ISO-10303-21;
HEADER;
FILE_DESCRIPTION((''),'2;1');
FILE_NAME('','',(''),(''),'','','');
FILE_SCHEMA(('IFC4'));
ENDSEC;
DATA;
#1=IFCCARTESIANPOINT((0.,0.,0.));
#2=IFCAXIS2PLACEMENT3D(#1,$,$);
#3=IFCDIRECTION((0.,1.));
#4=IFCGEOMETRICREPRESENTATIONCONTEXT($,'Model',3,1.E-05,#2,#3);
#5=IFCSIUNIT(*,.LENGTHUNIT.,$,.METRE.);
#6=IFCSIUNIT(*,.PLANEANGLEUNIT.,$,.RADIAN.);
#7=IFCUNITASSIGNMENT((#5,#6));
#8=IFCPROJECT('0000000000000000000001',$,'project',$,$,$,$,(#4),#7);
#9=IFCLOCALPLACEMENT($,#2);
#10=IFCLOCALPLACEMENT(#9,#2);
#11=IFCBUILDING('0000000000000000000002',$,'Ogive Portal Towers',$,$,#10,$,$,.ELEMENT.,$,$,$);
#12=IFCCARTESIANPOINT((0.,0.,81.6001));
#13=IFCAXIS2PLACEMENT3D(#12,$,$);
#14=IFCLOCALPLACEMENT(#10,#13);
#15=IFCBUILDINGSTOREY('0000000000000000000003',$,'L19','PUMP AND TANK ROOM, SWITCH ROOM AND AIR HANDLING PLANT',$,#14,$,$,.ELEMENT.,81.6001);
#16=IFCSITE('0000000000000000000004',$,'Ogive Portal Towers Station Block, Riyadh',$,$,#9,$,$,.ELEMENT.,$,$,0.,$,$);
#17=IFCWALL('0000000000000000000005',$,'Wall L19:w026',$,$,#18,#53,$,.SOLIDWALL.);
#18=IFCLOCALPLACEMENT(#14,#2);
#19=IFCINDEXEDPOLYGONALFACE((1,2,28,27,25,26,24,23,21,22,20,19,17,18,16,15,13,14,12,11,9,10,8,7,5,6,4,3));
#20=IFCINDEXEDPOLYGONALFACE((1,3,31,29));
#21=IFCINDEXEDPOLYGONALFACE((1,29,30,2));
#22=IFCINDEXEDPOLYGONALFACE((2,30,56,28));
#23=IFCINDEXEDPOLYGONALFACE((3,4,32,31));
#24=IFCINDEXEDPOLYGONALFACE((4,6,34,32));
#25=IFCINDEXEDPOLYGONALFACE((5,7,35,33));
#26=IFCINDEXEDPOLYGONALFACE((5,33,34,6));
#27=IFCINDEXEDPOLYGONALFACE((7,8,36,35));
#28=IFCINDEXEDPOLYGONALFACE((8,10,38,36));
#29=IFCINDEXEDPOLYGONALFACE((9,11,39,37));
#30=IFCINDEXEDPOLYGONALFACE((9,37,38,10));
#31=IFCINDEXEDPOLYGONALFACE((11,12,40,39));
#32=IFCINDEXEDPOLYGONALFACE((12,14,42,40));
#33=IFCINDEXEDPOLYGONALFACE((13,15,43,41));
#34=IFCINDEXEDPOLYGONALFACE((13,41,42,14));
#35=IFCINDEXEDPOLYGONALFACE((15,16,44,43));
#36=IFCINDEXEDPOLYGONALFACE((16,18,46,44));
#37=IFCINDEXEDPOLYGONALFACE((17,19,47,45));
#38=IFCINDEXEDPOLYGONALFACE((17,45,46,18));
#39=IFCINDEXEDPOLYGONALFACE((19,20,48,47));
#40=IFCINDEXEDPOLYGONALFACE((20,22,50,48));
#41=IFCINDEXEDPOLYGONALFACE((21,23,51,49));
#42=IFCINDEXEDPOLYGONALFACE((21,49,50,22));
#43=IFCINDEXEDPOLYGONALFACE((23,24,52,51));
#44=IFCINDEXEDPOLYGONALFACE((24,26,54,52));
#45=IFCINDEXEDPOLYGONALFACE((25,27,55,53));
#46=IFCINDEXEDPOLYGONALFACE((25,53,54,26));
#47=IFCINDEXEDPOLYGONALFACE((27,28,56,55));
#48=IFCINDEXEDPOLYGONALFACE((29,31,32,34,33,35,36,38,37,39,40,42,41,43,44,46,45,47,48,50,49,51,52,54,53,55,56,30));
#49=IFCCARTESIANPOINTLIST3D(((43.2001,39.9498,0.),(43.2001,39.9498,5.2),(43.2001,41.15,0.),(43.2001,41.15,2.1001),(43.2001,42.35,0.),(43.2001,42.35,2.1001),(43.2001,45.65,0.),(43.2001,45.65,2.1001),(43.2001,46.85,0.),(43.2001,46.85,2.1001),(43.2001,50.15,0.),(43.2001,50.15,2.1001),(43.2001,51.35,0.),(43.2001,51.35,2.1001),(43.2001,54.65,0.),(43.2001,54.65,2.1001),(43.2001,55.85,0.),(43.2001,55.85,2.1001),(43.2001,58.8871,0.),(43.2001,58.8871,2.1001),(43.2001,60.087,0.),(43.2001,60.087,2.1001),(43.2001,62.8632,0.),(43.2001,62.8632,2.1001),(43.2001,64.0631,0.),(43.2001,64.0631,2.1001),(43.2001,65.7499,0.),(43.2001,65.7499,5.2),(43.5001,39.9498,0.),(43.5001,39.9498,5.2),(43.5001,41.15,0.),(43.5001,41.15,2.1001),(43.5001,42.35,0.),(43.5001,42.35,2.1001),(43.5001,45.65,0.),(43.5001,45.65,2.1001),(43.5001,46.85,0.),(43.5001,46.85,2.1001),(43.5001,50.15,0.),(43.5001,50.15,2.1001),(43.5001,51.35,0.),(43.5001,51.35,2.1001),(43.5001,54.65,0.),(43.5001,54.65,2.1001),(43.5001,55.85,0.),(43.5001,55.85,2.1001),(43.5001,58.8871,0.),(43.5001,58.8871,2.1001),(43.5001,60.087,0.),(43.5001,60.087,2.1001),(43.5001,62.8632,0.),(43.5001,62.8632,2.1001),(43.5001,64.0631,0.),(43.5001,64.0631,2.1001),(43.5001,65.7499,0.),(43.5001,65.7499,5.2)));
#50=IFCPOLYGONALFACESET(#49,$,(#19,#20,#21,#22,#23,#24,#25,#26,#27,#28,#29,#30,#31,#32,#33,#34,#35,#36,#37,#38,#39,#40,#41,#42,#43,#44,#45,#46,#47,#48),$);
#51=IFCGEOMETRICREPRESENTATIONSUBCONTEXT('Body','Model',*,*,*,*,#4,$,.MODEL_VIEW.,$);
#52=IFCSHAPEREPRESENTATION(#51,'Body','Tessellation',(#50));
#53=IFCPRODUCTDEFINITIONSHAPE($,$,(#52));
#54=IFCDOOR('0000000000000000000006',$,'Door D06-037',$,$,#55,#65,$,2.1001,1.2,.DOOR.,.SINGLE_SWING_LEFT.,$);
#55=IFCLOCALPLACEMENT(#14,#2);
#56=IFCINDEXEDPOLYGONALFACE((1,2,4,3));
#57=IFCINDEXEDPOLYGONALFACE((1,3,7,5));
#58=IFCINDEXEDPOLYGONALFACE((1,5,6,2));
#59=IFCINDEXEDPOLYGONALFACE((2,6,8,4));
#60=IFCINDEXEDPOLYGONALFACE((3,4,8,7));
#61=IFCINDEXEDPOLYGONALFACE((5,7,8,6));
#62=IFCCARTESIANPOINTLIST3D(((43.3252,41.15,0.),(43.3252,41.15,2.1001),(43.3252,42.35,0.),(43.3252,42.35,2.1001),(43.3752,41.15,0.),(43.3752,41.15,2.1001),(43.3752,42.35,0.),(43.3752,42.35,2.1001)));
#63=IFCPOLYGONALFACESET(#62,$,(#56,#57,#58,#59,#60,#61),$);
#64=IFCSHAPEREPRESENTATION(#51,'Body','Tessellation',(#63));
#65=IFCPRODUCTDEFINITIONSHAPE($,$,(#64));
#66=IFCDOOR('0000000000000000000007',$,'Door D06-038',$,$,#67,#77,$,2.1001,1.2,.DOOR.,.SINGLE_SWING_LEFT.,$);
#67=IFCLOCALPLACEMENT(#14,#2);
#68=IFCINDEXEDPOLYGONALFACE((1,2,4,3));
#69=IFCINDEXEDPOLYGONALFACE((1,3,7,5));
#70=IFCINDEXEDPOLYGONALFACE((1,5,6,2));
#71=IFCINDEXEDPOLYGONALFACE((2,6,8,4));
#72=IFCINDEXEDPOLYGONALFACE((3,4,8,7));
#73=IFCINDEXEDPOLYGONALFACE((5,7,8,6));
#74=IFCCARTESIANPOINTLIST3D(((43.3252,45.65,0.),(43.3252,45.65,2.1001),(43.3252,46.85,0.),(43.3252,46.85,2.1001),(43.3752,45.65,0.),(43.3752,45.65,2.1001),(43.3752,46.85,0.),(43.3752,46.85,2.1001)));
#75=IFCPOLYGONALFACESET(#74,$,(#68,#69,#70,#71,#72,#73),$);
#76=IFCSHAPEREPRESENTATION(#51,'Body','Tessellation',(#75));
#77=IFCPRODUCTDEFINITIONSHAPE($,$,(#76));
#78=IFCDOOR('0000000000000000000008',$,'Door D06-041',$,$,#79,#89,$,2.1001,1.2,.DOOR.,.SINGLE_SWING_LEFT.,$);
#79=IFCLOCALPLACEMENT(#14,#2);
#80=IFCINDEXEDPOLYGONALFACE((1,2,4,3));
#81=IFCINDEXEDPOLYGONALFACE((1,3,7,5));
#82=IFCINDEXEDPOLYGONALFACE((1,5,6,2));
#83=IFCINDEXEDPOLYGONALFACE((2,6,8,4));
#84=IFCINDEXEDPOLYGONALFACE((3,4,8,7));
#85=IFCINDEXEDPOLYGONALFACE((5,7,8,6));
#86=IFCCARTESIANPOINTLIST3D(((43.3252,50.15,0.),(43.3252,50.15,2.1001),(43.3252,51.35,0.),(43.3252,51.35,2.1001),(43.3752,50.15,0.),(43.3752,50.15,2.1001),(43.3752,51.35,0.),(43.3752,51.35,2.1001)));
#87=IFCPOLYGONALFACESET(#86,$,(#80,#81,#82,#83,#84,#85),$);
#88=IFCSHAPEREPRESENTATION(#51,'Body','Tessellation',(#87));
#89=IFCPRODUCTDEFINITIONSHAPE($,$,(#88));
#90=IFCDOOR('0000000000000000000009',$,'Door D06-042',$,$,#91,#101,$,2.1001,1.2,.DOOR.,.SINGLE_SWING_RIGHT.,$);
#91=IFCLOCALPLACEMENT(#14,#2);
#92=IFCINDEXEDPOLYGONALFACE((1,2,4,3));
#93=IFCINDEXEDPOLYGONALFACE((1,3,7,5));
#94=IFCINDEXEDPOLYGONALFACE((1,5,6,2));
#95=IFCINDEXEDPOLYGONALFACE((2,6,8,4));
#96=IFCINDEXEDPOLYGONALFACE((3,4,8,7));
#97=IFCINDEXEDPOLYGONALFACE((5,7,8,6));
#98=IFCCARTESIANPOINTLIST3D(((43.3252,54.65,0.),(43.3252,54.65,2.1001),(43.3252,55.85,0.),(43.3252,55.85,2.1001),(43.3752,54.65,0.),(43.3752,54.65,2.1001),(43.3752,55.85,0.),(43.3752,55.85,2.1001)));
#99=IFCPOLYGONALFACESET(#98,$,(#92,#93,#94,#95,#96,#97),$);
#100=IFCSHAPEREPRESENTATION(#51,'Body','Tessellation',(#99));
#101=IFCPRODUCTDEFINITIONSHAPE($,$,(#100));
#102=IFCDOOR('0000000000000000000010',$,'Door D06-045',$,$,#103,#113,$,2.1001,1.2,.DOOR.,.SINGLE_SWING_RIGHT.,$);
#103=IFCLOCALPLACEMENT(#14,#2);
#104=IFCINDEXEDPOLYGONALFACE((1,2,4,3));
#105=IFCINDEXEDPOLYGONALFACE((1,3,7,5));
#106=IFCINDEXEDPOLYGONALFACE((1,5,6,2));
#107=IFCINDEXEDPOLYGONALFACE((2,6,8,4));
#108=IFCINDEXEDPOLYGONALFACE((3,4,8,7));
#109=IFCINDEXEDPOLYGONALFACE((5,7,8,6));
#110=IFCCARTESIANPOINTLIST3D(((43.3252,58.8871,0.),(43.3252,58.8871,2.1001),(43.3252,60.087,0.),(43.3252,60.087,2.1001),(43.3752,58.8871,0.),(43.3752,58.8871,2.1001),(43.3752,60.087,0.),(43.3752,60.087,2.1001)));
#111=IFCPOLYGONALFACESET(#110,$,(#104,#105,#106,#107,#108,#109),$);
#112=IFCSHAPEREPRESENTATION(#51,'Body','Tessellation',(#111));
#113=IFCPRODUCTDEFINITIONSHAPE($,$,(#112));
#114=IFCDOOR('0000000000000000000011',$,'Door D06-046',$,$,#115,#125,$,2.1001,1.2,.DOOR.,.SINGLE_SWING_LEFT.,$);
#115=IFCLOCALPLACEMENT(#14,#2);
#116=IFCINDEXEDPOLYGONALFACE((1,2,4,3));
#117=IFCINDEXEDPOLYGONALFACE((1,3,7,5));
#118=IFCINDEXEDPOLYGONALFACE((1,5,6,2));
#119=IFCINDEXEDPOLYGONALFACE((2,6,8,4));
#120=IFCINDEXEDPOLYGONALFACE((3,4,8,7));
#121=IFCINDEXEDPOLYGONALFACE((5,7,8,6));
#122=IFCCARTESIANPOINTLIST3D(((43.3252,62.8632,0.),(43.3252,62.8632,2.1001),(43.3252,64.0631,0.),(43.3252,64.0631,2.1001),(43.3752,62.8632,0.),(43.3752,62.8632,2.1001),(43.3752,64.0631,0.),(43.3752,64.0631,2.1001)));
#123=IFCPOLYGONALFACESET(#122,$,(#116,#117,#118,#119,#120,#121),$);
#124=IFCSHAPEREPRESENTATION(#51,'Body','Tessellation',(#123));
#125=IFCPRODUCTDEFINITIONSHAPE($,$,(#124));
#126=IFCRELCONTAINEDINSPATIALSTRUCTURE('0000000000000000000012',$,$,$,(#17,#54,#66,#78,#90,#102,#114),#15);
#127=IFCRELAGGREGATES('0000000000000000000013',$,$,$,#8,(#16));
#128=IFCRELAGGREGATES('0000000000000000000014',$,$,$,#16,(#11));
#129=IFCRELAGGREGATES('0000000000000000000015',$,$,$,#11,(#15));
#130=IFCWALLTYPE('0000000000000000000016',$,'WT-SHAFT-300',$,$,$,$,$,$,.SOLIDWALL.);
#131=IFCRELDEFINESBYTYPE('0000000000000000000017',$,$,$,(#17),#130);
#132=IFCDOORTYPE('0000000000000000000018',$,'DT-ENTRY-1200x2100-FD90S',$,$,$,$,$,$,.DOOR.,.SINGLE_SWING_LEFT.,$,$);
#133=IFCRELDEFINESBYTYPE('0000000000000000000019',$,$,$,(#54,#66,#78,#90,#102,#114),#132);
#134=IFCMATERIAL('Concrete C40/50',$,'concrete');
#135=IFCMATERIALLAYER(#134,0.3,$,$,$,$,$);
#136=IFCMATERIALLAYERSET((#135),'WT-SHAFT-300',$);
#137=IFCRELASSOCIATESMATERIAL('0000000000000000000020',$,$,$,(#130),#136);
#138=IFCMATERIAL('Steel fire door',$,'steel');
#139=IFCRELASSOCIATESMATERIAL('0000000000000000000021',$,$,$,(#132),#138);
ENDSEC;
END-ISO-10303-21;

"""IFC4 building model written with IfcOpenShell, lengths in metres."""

from ifc_helpers import new_model, si_unit, direction, frame, frame_2d, origin, place, context, subcontext, project, spatial, rectangle, extrude, material, layer, layer_set, type_object, element, fill, save


model = new_model("IFC4")

# Units and contexts
model_context = context("Model", 3, precision=1e-05, world=origin(), true_north=direction((0.0, 1.0)))
body_context = subcontext(model_context, "Body", "Model", "MODEL_VIEW")
ifc_project = project(units=[si_unit("LENGTHUNIT", "METRE"), si_unit("PLANEANGLEUNIT", "RADIAN")], contexts=[model_context])

# Site, building, storey
site_placement = place(None, origin())
site = spatial("IfcSite", under=ifc_project, at=site_placement, Name="Ogive Portal Towers Station Block, Riyadh", CompositionType="ELEMENT", RefElevation=0.0)
building_placement = place(site_placement, origin())
building = spatial("IfcBuilding", under=site, at=building_placement, Name="Ogive Portal Towers", CompositionType="ELEMENT")
storey_placement = place(building_placement, frame((0.0, 0.0, 81.6001)))
storey = spatial("IfcBuildingStorey", under=building, at=storey_placement, Name="L19", Description="PUMP AND TANK ROOM, SWITCH ROOM AND AIR HANDLING PLANT", CompositionType="ELEMENT", Elevation=81.6001)

# Shared definitions
ifc_material_1 = material(Name="Steel fire door", Category="steel")

# Wall, openings, doors
ifc_material_2 = material(Name="Concrete C40/50", Category="concrete")
ifc_layer_1 = layer(ifc_material_2, 0.3)
ifc_layer_set_1 = layer_set([ifc_layer_1], Name="WT-SHAFT-300")
wall_type_1 = type_object("IfcWallType", Name="WT-SHAFT-300", PredefinedType="SOLIDWALL", material=ifc_layer_set_1)
wall_1_placement = place(storey_placement, frame((43.3501, 39.95, 0.0), z_axis=(0.0, 0.0, 1.0), x_axis=(0.0, 1.0, 0.0)))
wall_1 = element("IfcWall", 1, at=wall_1_placement, inside=storey, type_object=wall_type_1, Name="Wall L19:w026", PredefinedType="SOLIDWALL", context=body_context, shape_type="SweptSolid", body=[
    extrude(rectangle(XDim=25.8, YDim=0.3, at=frame_2d((12.8999, 0.0))), origin(), (0.0, 0.0, 1.0), 5.2),
])
opening_1_placement = place(wall_1_placement, frame((1.2, 0.0, 0.0)))
opening_1 = element("IfcOpeningElement", 2, at=opening_1_placement, cuts=wall_1, PredefinedType="OPENING", context=body_context, shape_type="SweptSolid", body=[
    extrude(rectangle(XDim=1.2, YDim=2.1001, at=frame_2d((0.6001, 1.05))), frame((0.0, 0.1602, 0.0), z_axis=(0.0, -1.0, 0.0), x_axis=(1.0, 0.0, 0.0)), (0.0, 0.0, 1.0), 0.3201),
])
opening_2_placement = place(wall_1_placement, frame((5.7, 0.0, 0.0)))
opening_2 = element("IfcOpeningElement", 3, at=opening_2_placement, cuts=wall_1, PredefinedType="OPENING", context=body_context, shape_type="SweptSolid", body=[
    extrude(rectangle(XDim=1.2, YDim=2.1001, at=frame_2d((0.6001, 1.05))), frame((0.0, 0.1602, 0.0), z_axis=(0.0, -1.0, 0.0), x_axis=(1.0, 0.0, 0.0)), (0.0, 0.0, 1.0), 0.3201),
])
opening_3_placement = place(wall_1_placement, frame((10.2, 0.0, 0.0)))
opening_3 = element("IfcOpeningElement", 4, at=opening_3_placement, cuts=wall_1, PredefinedType="OPENING", context=body_context, shape_type="SweptSolid", body=[
    extrude(rectangle(XDim=1.2, YDim=2.1001, at=frame_2d((0.6001, 1.05))), frame((0.0, 0.1602, 0.0), z_axis=(0.0, -1.0, 0.0), x_axis=(1.0, 0.0, 0.0)), (0.0, 0.0, 1.0), 0.3201),
])
opening_4_placement = place(wall_1_placement, frame((14.7, 0.0, 0.0)))
opening_4 = element("IfcOpeningElement", 5, at=opening_4_placement, cuts=wall_1, PredefinedType="OPENING", context=body_context, shape_type="SweptSolid", body=[
    extrude(rectangle(XDim=1.2, YDim=2.1001, at=frame_2d((0.6001, 1.05))), frame((0.0, 0.1602, 0.0), z_axis=(0.0, -1.0, 0.0), x_axis=(1.0, 0.0, 0.0)), (0.0, 0.0, 1.0), 0.3201),
])
opening_5_placement = place(wall_1_placement, frame((18.937, 0.0, 0.0)))
opening_5 = element("IfcOpeningElement", 6, at=opening_5_placement, cuts=wall_1, PredefinedType="OPENING", context=body_context, shape_type="SweptSolid", body=[
    extrude(rectangle(XDim=1.2, YDim=2.1001, at=frame_2d((0.6001, 1.05))), frame((0.0, 0.1602, 0.0), z_axis=(0.0, -1.0, 0.0), x_axis=(1.0, 0.0, 0.0)), (0.0, 0.0, 1.0), 0.3201),
])
opening_6_placement = place(wall_1_placement, frame((22.9131, 0.0, 0.0)))
opening_6 = element("IfcOpeningElement", 7, at=opening_6_placement, cuts=wall_1, PredefinedType="OPENING", context=body_context, shape_type="SweptSolid", body=[
    extrude(rectangle(XDim=1.2, YDim=2.1001, at=frame_2d((0.6001, 1.05))), frame((0.0, 0.1602, 0.0), z_axis=(0.0, -1.0, 0.0), x_axis=(1.0, 0.0, 0.0)), (0.0, 0.0, 1.0), 0.3201),
])
door_type_1 = type_object("IfcDoorType", Name="DT-ENTRY-1200x2100-FD90S", OperationType="SINGLE_SWING_LEFT", PredefinedType="DOOR", material=ifc_material_1)
door_1_placement = place(opening_1_placement, origin())
door_1 = element("IfcDoor", 8, at=door_1_placement, inside=storey, type_object=door_type_1, Name="Door D06-037", OperationType="SINGLE_SWING_LEFT", OverallHeight=2.1001, OverallWidth=1.2, PredefinedType="DOOR", context=body_context, shape_type="SweptSolid", body=[
    extrude(rectangle(XDim=1.2, YDim=2.1001, at=frame_2d((0.6001, 1.05))), frame((0.0, 0.0249, 0.0), z_axis=(0.0, -1.0, 0.0), x_axis=(1.0, 0.0, 0.0)), (0.0, 0.0, 1.0), 0.05),
])
fill(opening_1, door_1)
door_2_placement = place(opening_2_placement, origin())
door_2 = element("IfcDoor", 9, at=door_2_placement, inside=storey, type_object=door_type_1, Name="Door D06-038", OperationType="SINGLE_SWING_LEFT", OverallHeight=2.1001, OverallWidth=1.2, PredefinedType="DOOR", context=body_context, shape_type="SweptSolid", body=[
    extrude(rectangle(XDim=1.2, YDim=2.1001, at=frame_2d((0.6001, 1.05))), frame((0.0, 0.0249, 0.0), z_axis=(0.0, -1.0, 0.0), x_axis=(1.0, 0.0, 0.0)), (0.0, 0.0, 1.0), 0.05),
])
fill(opening_2, door_2)
door_3_placement = place(opening_3_placement, origin())
door_3 = element("IfcDoor", 10, at=door_3_placement, inside=storey, type_object=door_type_1, Name="Door D06-041", OperationType="SINGLE_SWING_LEFT", OverallHeight=2.1001, OverallWidth=1.2, PredefinedType="DOOR", context=body_context, shape_type="SweptSolid", body=[
    extrude(rectangle(XDim=1.2, YDim=2.1001, at=frame_2d((0.6001, 1.05))), frame((0.0, 0.0249, 0.0), z_axis=(0.0, -1.0, 0.0), x_axis=(1.0, 0.0, 0.0)), (0.0, 0.0, 1.0), 0.05),
])
fill(opening_3, door_3)
door_4_placement = place(opening_4_placement, origin())
door_4 = element("IfcDoor", 11, at=door_4_placement, inside=storey, type_object=door_type_1, Name="Door D06-042", OperationType="SINGLE_SWING_RIGHT", OverallHeight=2.1001, OverallWidth=1.2, PredefinedType="DOOR", context=body_context, shape_type="SweptSolid", body=[
    extrude(rectangle(XDim=1.2, YDim=2.1001, at=frame_2d((0.6001, 1.05))), frame((0.0, 0.0249, 0.0), z_axis=(0.0, -1.0, 0.0), x_axis=(1.0, 0.0, 0.0)), (0.0, 0.0, 1.0), 0.05),
])
fill(opening_4, door_4)
door_5_placement = place(opening_5_placement, origin())
door_5 = element("IfcDoor", 12, at=door_5_placement, inside=storey, type_object=door_type_1, Name="Door D06-045", OperationType="SINGLE_SWING_RIGHT", OverallHeight=2.1001, OverallWidth=1.2, PredefinedType="DOOR", context=body_context, shape_type="SweptSolid", body=[
    extrude(rectangle(XDim=1.2, YDim=2.1001, at=frame_2d((0.6001, 1.05))), frame((0.0, 0.0249, 0.0), z_axis=(0.0, -1.0, 0.0), x_axis=(1.0, 0.0, 0.0)), (0.0, 0.0, 1.0), 0.05),
])
fill(opening_5, door_5)
door_6_placement = place(opening_6_placement, origin())
door_6 = element("IfcDoor", 13, at=door_6_placement, inside=storey, type_object=door_type_1, Name="Door D06-046", OperationType="SINGLE_SWING_LEFT", OverallHeight=2.1001, OverallWidth=1.2, PredefinedType="DOOR", context=body_context, shape_type="SweptSolid", body=[
    extrude(rectangle(XDim=1.2, YDim=2.1001, at=frame_2d((0.6001, 1.05))), frame((0.0, 0.0249, 0.0), z_axis=(0.0, -1.0, 0.0), x_axis=(1.0, 0.0, 0.0)), (0.0, 0.0, 1.0), 0.05),
])
fill(opening_6, door_6)

save(model, "model.ifc")
